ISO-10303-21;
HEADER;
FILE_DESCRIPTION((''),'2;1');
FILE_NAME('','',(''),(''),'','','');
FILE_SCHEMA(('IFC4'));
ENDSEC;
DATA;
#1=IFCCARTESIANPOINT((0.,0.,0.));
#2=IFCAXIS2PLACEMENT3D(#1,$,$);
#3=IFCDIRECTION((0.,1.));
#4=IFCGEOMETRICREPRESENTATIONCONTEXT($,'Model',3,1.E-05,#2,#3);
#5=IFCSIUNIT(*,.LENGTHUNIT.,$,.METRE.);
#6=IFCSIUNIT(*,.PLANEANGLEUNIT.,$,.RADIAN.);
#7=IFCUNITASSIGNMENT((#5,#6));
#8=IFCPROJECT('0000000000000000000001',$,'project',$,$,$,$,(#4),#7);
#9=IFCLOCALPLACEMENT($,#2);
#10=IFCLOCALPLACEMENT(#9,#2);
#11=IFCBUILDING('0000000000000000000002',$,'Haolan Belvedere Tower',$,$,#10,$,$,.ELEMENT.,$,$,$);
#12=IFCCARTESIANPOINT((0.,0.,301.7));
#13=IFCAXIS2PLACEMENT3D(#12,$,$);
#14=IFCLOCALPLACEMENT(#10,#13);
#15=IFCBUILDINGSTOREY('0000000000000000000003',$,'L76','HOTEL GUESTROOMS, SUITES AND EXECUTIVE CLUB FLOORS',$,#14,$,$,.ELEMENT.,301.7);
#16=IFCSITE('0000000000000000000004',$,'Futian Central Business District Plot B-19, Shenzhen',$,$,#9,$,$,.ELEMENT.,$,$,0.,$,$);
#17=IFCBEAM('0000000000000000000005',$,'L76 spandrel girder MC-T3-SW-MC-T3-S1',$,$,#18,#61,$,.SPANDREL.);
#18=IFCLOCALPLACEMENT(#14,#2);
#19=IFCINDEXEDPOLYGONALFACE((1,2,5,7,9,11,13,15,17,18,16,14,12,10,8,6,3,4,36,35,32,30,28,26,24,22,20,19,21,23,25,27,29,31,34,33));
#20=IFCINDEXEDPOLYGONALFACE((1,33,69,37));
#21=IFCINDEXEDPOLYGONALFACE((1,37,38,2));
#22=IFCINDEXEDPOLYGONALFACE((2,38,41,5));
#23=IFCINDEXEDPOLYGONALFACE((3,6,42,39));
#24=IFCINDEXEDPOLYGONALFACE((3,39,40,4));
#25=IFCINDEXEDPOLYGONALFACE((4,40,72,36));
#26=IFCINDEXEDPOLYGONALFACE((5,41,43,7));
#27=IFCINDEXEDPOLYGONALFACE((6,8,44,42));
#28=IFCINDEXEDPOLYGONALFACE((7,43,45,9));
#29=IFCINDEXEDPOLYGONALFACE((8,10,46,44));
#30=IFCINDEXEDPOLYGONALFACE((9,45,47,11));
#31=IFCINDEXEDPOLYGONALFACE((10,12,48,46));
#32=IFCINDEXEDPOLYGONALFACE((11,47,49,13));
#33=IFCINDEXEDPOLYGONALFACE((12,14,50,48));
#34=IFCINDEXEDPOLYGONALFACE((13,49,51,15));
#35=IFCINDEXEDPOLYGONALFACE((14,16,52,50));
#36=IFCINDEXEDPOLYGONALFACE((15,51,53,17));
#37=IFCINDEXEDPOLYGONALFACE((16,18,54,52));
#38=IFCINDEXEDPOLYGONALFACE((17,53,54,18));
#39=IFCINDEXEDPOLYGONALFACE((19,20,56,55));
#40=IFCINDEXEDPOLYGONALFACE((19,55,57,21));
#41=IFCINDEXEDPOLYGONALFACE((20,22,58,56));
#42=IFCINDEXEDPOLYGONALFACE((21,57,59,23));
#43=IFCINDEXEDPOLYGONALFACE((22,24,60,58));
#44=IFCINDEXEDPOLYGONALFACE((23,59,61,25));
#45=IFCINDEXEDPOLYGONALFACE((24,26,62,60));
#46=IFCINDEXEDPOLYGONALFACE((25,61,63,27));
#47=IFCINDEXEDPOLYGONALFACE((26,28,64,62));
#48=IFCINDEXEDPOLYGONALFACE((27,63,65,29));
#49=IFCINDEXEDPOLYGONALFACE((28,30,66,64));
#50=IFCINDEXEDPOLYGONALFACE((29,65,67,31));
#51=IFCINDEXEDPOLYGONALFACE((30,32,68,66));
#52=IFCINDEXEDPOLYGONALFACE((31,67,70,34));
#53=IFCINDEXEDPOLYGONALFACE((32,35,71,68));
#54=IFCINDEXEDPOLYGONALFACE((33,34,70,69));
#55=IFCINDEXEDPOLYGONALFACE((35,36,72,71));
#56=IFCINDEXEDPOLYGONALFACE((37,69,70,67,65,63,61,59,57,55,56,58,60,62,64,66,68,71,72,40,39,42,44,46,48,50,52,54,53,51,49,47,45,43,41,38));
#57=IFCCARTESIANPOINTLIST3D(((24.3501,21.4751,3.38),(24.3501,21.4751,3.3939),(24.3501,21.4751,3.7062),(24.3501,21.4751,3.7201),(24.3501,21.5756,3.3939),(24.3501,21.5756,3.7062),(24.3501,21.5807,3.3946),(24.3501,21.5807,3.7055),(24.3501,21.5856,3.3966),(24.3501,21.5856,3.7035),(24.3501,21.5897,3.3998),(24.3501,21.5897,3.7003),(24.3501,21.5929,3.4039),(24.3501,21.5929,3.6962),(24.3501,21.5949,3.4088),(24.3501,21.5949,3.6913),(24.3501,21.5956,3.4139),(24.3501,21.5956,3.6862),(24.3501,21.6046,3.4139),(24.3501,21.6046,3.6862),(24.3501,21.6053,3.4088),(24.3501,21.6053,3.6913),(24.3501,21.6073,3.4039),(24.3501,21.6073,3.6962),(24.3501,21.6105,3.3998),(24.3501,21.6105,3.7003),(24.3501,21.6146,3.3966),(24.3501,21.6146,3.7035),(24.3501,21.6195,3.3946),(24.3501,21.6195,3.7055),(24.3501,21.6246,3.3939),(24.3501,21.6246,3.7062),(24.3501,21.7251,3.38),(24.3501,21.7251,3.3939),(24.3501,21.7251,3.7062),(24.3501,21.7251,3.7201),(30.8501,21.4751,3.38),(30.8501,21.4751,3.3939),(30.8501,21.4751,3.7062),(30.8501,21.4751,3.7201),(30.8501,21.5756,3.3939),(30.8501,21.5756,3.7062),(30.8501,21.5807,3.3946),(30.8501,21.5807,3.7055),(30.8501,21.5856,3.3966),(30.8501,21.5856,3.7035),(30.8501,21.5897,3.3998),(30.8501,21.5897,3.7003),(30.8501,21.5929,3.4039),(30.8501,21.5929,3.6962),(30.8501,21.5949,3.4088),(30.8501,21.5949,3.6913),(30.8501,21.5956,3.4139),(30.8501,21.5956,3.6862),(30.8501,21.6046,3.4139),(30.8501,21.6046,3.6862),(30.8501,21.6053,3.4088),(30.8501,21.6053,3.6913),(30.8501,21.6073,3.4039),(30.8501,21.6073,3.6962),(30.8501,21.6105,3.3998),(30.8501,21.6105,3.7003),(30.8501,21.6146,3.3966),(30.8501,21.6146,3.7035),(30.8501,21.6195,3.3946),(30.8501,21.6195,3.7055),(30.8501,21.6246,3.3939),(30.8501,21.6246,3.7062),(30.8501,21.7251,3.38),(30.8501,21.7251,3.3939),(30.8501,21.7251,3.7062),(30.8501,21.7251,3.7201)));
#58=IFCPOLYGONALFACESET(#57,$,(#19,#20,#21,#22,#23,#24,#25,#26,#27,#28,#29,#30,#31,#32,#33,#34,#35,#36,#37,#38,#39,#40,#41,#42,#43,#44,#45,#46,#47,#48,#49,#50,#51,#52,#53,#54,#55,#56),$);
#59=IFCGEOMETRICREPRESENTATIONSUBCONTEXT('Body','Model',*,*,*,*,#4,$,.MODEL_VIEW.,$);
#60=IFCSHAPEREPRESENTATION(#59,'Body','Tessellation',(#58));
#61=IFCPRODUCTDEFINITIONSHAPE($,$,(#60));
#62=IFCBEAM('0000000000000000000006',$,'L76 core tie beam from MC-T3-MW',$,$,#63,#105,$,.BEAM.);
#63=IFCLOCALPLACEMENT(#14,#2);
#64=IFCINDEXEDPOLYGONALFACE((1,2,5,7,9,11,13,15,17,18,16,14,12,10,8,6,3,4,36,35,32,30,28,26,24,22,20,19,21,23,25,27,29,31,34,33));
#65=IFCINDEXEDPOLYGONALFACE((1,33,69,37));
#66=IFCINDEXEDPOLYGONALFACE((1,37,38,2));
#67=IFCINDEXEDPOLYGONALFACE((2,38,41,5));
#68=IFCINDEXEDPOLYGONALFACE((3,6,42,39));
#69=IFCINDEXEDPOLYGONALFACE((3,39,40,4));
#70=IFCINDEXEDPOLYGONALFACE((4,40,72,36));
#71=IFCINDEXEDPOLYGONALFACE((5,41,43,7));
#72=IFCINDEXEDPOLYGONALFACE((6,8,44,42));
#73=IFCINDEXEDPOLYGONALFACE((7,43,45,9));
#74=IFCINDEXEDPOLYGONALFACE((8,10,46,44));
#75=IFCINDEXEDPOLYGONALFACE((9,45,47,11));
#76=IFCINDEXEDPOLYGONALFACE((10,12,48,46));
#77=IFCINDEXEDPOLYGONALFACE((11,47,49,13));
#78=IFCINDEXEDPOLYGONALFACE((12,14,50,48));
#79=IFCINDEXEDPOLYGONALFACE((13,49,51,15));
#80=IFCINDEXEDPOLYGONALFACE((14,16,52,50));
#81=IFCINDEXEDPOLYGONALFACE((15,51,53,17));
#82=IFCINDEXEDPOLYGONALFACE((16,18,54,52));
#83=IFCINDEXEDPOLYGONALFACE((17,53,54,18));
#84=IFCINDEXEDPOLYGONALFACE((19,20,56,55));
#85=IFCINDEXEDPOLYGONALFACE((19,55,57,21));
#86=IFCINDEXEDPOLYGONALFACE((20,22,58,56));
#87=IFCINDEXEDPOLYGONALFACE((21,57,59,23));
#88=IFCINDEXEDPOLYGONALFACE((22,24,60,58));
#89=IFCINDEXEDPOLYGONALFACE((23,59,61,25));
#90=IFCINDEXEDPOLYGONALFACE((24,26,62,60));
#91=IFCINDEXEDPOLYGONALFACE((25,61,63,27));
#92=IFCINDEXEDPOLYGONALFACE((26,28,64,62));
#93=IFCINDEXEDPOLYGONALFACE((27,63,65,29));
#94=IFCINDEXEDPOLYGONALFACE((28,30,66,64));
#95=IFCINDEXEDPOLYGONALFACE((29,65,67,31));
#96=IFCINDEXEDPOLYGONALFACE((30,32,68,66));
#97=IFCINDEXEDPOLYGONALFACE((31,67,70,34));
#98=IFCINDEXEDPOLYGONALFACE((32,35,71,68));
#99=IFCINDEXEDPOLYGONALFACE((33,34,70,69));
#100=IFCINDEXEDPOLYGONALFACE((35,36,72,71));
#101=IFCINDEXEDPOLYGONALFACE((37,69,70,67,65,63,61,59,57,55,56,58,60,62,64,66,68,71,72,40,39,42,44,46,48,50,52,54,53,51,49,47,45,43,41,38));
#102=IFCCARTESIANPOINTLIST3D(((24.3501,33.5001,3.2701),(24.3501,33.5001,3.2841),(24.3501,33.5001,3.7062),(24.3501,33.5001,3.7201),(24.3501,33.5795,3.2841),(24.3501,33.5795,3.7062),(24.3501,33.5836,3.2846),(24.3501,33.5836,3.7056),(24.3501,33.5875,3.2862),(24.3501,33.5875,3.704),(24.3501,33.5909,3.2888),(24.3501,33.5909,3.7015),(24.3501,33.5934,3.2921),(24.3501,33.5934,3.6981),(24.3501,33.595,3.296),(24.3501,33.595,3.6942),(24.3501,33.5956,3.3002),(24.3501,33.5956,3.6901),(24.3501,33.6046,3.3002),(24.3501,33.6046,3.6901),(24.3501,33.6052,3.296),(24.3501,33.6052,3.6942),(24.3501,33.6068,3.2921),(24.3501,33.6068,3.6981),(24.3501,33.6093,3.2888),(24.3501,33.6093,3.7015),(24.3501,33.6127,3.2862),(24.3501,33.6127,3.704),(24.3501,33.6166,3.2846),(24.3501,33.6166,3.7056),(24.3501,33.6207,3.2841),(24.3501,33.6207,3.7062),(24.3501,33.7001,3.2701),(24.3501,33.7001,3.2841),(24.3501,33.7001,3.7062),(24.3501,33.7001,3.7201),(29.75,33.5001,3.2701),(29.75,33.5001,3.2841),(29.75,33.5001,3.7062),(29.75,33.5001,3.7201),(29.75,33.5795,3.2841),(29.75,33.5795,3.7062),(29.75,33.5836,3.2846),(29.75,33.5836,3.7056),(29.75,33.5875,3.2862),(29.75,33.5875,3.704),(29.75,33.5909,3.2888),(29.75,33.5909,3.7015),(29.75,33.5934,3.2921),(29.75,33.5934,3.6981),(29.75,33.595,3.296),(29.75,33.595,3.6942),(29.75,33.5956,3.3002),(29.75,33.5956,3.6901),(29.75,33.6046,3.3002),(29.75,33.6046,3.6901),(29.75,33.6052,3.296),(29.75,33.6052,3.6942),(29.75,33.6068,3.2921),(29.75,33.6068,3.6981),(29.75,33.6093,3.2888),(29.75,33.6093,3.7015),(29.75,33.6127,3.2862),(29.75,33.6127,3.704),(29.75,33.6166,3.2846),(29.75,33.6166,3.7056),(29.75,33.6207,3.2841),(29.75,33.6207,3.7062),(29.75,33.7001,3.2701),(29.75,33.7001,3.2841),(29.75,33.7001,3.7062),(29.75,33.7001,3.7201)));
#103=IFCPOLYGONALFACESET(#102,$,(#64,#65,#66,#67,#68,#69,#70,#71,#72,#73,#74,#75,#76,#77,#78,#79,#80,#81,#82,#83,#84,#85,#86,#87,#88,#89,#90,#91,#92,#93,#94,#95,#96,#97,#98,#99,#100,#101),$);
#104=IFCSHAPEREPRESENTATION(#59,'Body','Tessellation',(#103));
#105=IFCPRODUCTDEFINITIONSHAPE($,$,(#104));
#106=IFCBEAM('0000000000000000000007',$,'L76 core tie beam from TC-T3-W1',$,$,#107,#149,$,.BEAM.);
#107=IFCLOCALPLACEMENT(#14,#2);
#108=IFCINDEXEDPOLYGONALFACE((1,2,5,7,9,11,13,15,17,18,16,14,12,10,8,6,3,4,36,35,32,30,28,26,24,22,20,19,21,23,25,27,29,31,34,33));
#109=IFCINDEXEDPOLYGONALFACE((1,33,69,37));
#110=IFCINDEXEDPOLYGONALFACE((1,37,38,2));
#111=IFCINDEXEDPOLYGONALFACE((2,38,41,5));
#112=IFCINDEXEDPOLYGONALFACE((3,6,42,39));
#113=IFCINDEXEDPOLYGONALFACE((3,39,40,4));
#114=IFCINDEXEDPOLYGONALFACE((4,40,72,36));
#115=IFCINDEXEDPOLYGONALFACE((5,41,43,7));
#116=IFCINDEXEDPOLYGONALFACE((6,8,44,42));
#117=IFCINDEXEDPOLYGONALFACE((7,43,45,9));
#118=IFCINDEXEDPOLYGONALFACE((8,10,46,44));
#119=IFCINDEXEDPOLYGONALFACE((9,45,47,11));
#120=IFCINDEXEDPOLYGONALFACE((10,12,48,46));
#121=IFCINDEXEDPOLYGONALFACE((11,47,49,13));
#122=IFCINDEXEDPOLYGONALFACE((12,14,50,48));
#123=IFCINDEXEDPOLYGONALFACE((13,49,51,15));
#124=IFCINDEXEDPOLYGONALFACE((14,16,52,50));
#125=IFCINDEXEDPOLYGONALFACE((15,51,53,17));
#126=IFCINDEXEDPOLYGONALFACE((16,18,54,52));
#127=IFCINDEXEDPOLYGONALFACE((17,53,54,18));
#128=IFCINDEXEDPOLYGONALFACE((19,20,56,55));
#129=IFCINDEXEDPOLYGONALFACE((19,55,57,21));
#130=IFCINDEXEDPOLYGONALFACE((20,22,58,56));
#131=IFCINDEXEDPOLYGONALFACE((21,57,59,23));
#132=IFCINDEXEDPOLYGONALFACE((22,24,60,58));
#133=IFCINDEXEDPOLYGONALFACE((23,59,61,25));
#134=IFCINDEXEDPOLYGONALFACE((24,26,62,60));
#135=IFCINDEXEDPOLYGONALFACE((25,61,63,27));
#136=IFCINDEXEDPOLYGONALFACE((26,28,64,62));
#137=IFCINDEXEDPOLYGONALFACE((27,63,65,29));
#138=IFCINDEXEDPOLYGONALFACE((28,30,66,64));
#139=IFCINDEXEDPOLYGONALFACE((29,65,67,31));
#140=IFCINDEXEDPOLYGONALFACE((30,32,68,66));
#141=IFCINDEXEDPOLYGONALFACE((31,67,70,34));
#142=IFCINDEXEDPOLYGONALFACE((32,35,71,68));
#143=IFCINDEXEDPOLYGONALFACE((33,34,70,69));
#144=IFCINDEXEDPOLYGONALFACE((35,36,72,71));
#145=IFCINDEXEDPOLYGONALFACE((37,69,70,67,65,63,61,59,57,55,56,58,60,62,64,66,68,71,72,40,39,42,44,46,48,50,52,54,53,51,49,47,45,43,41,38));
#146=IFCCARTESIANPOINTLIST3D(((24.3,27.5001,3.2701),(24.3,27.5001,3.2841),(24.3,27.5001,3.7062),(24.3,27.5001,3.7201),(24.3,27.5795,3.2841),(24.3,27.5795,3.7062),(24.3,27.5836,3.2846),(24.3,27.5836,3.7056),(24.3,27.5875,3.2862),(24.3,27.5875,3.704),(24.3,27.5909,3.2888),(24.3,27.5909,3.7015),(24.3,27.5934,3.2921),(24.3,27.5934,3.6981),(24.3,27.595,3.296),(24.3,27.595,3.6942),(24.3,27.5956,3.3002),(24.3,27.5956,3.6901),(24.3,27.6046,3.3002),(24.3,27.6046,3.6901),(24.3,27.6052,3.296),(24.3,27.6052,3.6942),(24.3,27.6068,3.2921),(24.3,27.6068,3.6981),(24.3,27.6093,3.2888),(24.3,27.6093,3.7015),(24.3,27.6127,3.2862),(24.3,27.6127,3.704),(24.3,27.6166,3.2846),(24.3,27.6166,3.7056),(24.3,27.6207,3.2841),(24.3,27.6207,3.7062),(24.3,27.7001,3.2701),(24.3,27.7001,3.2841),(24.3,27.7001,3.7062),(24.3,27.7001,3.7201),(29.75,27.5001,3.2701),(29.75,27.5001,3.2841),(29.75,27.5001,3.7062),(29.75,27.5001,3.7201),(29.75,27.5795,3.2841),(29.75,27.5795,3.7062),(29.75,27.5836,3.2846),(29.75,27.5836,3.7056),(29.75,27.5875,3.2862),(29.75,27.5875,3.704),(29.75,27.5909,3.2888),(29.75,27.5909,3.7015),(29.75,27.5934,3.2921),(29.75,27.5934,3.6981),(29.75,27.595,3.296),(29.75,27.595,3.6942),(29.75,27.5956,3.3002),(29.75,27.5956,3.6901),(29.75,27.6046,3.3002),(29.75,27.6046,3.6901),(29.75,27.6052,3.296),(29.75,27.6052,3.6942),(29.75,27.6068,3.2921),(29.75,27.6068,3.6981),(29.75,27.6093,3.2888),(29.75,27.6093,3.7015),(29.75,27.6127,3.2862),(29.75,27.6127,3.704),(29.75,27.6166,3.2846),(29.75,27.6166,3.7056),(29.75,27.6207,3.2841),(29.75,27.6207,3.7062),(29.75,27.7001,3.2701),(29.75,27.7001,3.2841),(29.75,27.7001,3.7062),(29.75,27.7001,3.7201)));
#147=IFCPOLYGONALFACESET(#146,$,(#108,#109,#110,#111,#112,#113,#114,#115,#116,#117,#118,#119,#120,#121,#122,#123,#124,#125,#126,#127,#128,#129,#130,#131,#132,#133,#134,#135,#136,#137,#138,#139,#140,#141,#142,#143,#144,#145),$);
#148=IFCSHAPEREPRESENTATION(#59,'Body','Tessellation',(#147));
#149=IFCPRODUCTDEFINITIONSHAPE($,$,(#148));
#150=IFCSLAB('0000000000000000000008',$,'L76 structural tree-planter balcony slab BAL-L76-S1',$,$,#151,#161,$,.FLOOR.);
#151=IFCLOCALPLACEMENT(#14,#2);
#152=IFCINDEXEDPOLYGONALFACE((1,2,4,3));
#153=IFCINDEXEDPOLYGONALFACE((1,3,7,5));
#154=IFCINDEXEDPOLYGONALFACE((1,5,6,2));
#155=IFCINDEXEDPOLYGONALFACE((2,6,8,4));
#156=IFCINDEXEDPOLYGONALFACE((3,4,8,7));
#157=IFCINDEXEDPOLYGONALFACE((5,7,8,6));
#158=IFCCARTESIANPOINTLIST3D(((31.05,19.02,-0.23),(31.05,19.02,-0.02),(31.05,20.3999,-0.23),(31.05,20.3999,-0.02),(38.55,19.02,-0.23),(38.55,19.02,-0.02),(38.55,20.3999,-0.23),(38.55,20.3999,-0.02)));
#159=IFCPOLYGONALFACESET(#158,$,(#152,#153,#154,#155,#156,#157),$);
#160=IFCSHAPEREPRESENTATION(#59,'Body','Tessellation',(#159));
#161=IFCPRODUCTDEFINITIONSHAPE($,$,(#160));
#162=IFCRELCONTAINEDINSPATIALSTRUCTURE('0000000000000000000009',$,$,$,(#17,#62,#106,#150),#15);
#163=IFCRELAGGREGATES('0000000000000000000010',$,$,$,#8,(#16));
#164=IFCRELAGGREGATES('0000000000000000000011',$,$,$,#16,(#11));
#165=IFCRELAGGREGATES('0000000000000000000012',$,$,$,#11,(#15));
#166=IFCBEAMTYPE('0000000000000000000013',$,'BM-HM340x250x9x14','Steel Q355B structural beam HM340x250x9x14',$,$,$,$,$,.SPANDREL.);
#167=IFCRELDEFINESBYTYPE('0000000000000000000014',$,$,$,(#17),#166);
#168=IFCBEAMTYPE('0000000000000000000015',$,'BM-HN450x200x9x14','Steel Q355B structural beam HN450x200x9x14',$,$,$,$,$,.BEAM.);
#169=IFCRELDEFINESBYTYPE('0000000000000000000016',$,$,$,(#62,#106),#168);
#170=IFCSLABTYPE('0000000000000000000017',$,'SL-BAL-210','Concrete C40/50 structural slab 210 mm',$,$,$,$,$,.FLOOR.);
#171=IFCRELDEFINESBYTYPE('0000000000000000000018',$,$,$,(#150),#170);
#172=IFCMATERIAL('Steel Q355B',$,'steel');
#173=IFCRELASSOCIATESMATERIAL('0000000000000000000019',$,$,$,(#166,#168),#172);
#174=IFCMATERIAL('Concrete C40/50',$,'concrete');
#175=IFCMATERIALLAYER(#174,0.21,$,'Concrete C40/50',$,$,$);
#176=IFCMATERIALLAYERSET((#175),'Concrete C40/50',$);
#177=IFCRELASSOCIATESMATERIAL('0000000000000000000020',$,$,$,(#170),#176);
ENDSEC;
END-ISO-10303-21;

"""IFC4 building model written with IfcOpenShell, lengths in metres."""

from ifc_helpers import new_model, si_unit, direction, frame, origin, origin_2d, place, context, subcontext, project, spatial, polyline, i_section, outline, extrude, material, layer, layer_set, material_profile, profile_set, type_object, element, save


model = new_model("IFC4")

# Units and contexts
model_context = context("Model", 3, precision=1e-05, world=origin(), true_north=direction((0.0, 1.0)))
body_context = subcontext(model_context, "Body", "Model", "MODEL_VIEW")
ifc_project = project(units=[si_unit("LENGTHUNIT", "METRE"), si_unit("PLANEANGLEUNIT", "RADIAN")], contexts=[model_context])

# Site, building, storey
site_placement = place(None, origin())
site = spatial("IfcSite", under=ifc_project, at=site_placement, Name="Futian Central Business District Plot B-19, Shenzhen", CompositionType="ELEMENT", RefElevation=0.0)
building_placement = place(site_placement, origin())
building = spatial("IfcBuilding", under=site, at=building_placement, Name="Haolan Belvedere Tower", CompositionType="ELEMENT")
storey_placement = place(building_placement, frame((0.0, 0.0, 301.7)))
storey = spatial("IfcBuildingStorey", under=building, at=storey_placement, Name="L76", Description="HOTEL GUESTROOMS, SUITES AND EXECUTIVE CLUB FLOORS", CompositionType="ELEMENT", Elevation=301.7)

# Beams
ifc_material_1 = material(Name="Steel Q355B", Category="steel")
ifc_material_profile_1 = material_profile(ifc_material_1, i_section(OverallWidth=0.25, OverallDepth=0.3401, WebThickness=0.009, FlangeThickness=0.0139, FilletRadius=0.02, at=origin_2d()), Name="Steel Q355B")
ifc_profile_set_1 = profile_set([ifc_material_profile_1], Name="Steel Q355B")
beam_type_1 = type_object("IfcBeamType", Name="BM-HM340x250x9x14", Description="Steel Q355B structural beam HM340x250x9x14", PredefinedType="SPANDREL", material=ifc_profile_set_1)
beam_1_placement = place(storey_placement, frame((24.3501, 21.6001, 3.55), z_axis=(1.0, 0.0, 0.0), x_axis=(0.0, 1.0, 0.0)))
element("IfcBeam", 1, at=beam_1_placement, inside=storey, type_object=beam_type_1, Name="L76 spandrel girder MC-T3-SW-MC-T3-S1", PredefinedType="SPANDREL", context=body_context, shape_type="SweptSolid", body=[
    extrude(i_section(OverallWidth=0.25, OverallDepth=0.3401, WebThickness=0.009, FlangeThickness=0.0139, FilletRadius=0.02, at=origin_2d()), origin(), (0.0, 0.0, 1.0), 6.5),
])
ifc_material_profile_2 = material_profile(ifc_material_1, i_section(OverallWidth=0.2, OverallDepth=0.45, WebThickness=0.009, FlangeThickness=0.0139, FilletRadius=0.0161, at=origin_2d()), Name="Steel Q355B")
ifc_profile_set_2 = profile_set([ifc_material_profile_2], Name="Steel Q355B")
beam_type_2 = type_object("IfcBeamType", Name="BM-HN450x200x9x14", Description="Steel Q355B structural beam HN450x200x9x14", PredefinedType="BEAM", material=ifc_profile_set_2)
beam_2_placement = place(storey_placement, frame((24.3501, 33.6001, 3.4951), z_axis=(1.0, 0.0, 0.0), x_axis=(0.0, 1.0, 0.0)))
element("IfcBeam", 2, at=beam_2_placement, inside=storey, type_object=beam_type_2, Name="L76 core tie beam from MC-T3-MW", PredefinedType="BEAM", context=body_context, shape_type="SweptSolid", body=[
    extrude(i_section(OverallWidth=0.2, OverallDepth=0.45, WebThickness=0.009, FlangeThickness=0.0139, FilletRadius=0.0161, at=origin_2d()), origin(), (0.0, 0.0, 1.0), 5.3999),
])
beam_3_placement = place(storey_placement, frame((24.3, 27.6001, 3.4951), z_axis=(1.0, 0.0, 0.0), x_axis=(0.0, 1.0, 0.0)))
element("IfcBeam", 3, at=beam_3_placement, inside=storey, type_object=beam_type_2, Name="L76 core tie beam from TC-T3-W1", PredefinedType="BEAM", context=body_context, shape_type="SweptSolid", body=[
    extrude(i_section(OverallWidth=0.2, OverallDepth=0.45, WebThickness=0.009, FlangeThickness=0.0139, FilletRadius=0.0161, at=origin_2d()), origin(), (0.0, 0.0, 1.0), 5.45),
])

# Slab
ifc_material_2 = material(Name="Concrete C40/50", Category="concrete")
ifc_layer_1 = layer(ifc_material_2, 0.21, Name="Concrete C40/50")
ifc_layer_set_1 = layer_set([ifc_layer_1], Name="Concrete C40/50")
slab_type_1 = type_object("IfcSlabType", Name="SL-BAL-210", Description="Concrete C40/50 structural slab 210 mm", PredefinedType="FLOOR", material=ifc_layer_set_1)
slab_1_placement = place(storey_placement, frame((0.0, 0.0, -0.23)))
element("IfcSlab", 4, at=slab_1_placement, inside=storey, type_object=slab_type_1, Name="L76 structural tree-planter balcony slab BAL-L76-S1", PredefinedType="FLOOR", context=body_context, shape_type="SweptSolid", body=[
    extrude(outline(polyline([(31.05, 19.02), (38.55, 19.02), (38.55, 20.3999), (31.05, 20.3999), (31.05, 19.02)])), origin(), (0.0, 0.0, 1.0), 0.21),
])

save(model, "model.ifc")
